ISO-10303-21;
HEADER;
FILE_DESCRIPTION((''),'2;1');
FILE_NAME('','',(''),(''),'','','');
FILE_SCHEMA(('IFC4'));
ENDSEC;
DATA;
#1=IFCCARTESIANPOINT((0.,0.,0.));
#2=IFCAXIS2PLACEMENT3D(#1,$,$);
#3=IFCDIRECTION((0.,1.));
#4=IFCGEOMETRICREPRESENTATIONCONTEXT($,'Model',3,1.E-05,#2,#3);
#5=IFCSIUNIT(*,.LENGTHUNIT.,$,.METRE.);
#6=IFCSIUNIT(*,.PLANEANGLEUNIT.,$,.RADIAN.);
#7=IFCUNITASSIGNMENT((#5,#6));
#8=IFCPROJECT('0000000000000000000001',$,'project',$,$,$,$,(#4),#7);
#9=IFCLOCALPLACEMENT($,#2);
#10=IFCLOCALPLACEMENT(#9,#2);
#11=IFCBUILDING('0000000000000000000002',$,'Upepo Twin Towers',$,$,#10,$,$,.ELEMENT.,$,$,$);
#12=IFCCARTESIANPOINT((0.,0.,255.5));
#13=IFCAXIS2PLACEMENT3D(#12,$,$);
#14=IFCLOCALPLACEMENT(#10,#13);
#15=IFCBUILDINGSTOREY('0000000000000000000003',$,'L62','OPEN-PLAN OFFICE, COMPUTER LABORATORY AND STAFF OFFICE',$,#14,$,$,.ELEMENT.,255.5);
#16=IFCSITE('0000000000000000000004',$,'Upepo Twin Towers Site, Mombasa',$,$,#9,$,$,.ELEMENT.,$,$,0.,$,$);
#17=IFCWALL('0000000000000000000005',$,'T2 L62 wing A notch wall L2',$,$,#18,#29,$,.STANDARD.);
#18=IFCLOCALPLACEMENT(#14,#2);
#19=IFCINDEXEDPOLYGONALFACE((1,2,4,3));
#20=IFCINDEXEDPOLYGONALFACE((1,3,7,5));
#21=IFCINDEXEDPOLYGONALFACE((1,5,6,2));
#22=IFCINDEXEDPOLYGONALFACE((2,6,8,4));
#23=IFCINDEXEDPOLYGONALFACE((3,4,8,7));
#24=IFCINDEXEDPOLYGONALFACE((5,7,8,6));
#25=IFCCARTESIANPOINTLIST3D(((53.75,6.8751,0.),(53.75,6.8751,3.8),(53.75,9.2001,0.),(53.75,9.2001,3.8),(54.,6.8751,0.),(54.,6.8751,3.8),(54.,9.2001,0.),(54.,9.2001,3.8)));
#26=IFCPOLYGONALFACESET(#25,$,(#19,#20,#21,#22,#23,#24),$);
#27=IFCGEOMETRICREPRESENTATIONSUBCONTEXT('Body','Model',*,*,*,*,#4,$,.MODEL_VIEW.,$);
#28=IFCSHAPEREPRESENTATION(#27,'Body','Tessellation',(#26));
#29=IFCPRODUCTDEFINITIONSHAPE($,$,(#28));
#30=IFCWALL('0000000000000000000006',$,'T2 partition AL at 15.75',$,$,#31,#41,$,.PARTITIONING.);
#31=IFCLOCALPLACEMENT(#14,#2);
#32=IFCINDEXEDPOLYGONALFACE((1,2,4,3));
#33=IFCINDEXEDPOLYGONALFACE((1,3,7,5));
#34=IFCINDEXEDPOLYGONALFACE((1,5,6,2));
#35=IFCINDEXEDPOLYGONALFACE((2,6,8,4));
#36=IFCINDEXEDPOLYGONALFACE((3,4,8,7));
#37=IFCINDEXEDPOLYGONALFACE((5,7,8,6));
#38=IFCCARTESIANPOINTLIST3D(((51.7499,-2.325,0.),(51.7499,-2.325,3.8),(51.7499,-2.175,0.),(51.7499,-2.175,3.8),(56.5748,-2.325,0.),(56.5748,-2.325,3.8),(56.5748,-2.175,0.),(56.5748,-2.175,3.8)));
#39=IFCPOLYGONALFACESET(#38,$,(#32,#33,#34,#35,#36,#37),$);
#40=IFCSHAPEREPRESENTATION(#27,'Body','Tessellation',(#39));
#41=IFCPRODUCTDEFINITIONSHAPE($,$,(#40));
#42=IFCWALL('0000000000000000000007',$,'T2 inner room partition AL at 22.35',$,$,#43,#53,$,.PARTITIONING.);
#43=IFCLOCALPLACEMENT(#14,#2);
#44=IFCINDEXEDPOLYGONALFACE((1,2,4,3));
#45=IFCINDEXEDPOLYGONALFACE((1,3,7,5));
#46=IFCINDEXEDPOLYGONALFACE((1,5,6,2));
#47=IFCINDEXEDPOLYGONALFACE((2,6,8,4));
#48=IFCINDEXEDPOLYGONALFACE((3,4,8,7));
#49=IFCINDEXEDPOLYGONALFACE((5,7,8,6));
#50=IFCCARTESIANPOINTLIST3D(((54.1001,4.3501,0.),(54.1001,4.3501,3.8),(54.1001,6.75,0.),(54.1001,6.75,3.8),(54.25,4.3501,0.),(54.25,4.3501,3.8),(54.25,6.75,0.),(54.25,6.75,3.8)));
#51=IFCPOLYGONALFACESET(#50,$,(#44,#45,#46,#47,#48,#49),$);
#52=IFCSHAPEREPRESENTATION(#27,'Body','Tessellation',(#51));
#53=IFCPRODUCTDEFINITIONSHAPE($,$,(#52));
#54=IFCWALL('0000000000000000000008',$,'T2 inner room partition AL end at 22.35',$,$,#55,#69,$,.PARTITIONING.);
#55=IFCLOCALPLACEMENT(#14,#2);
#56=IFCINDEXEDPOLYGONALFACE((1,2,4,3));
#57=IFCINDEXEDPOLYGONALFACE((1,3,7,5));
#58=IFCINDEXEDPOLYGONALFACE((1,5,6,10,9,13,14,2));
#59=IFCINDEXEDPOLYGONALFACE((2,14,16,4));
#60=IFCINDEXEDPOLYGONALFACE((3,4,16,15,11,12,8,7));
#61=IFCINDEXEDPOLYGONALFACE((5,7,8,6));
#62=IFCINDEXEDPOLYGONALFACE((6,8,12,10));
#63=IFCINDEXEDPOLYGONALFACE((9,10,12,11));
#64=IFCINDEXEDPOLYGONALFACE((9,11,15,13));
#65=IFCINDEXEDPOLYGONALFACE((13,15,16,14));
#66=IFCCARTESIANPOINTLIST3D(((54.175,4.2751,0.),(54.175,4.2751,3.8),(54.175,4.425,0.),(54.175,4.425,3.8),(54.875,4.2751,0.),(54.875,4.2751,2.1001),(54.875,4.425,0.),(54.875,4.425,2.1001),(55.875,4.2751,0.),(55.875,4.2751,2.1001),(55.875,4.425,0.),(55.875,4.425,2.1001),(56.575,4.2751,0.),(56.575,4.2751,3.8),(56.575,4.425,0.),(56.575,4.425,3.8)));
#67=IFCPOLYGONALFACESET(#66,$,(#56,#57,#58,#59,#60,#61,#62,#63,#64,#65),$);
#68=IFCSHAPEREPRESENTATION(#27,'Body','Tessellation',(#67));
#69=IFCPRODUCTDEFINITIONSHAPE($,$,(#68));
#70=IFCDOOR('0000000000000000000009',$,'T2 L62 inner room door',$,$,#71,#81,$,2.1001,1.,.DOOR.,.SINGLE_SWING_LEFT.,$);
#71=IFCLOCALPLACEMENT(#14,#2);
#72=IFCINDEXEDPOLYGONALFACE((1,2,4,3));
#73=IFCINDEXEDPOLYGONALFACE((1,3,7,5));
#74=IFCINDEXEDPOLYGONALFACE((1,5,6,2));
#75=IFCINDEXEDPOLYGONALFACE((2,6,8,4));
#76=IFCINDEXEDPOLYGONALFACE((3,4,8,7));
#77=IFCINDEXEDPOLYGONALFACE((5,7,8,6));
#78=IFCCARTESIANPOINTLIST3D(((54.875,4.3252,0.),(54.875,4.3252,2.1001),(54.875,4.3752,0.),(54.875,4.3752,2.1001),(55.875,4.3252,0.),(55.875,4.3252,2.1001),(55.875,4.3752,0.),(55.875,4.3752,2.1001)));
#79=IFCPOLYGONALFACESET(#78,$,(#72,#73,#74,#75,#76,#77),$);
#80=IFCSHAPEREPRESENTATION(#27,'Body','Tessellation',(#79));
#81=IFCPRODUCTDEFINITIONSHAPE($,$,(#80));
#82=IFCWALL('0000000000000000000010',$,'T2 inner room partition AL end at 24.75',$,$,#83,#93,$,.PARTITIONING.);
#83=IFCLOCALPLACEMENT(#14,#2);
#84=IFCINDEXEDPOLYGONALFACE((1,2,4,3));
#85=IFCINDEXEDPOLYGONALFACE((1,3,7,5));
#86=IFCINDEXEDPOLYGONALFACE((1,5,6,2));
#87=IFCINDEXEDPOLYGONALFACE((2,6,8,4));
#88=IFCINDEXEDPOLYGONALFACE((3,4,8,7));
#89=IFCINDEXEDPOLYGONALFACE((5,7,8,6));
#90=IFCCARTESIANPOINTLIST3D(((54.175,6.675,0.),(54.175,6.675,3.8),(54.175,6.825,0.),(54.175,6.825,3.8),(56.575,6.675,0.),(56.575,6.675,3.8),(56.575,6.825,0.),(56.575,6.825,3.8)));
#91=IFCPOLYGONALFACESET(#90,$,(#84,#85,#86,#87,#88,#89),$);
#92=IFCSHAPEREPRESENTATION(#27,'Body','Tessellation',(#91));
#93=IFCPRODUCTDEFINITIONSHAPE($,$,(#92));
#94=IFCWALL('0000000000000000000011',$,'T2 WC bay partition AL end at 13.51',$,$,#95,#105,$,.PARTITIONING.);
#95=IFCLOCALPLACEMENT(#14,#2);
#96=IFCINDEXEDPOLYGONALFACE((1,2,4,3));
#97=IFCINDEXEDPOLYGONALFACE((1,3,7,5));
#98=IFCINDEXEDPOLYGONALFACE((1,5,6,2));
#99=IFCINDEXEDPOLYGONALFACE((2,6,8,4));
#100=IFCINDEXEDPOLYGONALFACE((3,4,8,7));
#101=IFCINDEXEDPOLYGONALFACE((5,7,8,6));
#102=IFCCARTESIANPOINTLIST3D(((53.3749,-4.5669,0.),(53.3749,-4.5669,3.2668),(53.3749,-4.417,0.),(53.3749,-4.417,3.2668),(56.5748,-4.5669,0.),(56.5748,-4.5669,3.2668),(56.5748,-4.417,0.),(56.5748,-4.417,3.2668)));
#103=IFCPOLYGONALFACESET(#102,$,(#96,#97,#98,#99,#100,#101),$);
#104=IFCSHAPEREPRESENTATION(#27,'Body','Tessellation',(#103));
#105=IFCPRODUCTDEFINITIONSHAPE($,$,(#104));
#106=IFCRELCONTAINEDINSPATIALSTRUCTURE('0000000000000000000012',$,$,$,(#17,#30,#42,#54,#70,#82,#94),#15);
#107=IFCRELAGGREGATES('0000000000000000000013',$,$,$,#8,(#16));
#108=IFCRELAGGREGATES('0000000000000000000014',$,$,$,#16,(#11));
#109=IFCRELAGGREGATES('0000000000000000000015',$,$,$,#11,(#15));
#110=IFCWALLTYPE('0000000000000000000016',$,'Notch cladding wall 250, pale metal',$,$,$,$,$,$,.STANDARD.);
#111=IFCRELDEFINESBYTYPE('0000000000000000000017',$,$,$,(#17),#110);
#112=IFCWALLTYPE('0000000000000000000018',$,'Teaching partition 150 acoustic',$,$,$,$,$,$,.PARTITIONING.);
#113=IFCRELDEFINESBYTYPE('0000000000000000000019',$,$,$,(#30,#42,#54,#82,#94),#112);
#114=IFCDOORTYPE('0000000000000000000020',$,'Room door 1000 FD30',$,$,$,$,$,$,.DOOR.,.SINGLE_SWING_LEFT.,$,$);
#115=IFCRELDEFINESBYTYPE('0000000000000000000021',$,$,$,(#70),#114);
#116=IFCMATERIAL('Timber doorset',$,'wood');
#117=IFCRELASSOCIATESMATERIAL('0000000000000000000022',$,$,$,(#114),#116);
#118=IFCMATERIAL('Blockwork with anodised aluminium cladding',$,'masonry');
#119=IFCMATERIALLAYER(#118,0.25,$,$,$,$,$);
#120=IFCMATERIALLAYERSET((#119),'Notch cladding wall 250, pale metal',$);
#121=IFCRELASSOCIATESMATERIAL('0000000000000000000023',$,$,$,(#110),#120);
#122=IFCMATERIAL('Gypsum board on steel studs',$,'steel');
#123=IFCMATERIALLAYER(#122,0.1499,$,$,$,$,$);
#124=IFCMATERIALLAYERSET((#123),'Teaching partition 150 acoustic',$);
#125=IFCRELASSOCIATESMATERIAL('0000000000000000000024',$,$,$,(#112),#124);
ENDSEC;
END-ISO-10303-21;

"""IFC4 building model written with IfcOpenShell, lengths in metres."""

from ifc_helpers import new_model, si_unit, direction, frame, frame_2d, origin, place, context, subcontext, project, spatial, rectangle, extrude, material, layer, layer_set, type_object, element, fill, save


model = new_model("IFC4")

# Units and contexts
model_context = context("Model", 3, precision=1e-05, world=origin(), true_north=direction((0.0, 1.0)))
body_context = subcontext(model_context, "Body", "Model", "MODEL_VIEW")
ifc_project = project(units=[si_unit("LENGTHUNIT", "METRE"), si_unit("PLANEANGLEUNIT", "RADIAN")], contexts=[model_context])

# Site, building, storey
site_placement = place(None, origin())
site = spatial("IfcSite", under=ifc_project, at=site_placement, Name="Upepo Twin Towers Site, Mombasa", CompositionType="ELEMENT", RefElevation=0.0)
building_placement = place(site_placement, origin())
building = spatial("IfcBuilding", under=site, at=building_placement, Name="Upepo Twin Towers", CompositionType="ELEMENT")
storey_placement = place(building_placement, frame((0.0, 0.0, 255.5)))
storey = spatial("IfcBuildingStorey", under=building, at=storey_placement, Name="L62", Description="OPEN-PLAN OFFICE, COMPUTER LABORATORY AND STAFF OFFICE", CompositionType="ELEMENT", Elevation=255.5)

# Shared definitions
ifc_material_1 = material(Name="Timber doorset", Category="wood")
door_type_1 = type_object("IfcDoorType", Name="Room door 1000 FD30", OperationType="SINGLE_SWING_LEFT", PredefinedType="DOOR", material=ifc_material_1)

# Walls
ifc_material_2 = material(Name="Blockwork with anodised aluminium cladding", Category="masonry")
ifc_layer_1 = layer(ifc_material_2, 0.25)
ifc_layer_set_1 = layer_set([ifc_layer_1], Name="Notch cladding wall 250, pale metal")
wall_type_1 = type_object("IfcWallType", Name="Notch cladding wall 250, pale metal", PredefinedType="STANDARD", material=ifc_layer_set_1)
wall_1_placement = place(storey_placement, frame((53.875, 6.875, 0.0), z_axis=(0.0, 0.0, 1.0), x_axis=(0.0, 1.0, 0.0)))
element("IfcWall", 1, at=wall_1_placement, inside=storey, type_object=wall_type_1, Name="T2 L62 wing A notch wall L2", PredefinedType="STANDARD", context=body_context, shape_type="SweptSolid", body=[
    extrude(rectangle(XDim=2.325, YDim=0.25, at=frame_2d((1.1626, 0.0))), origin(), (0.0, 0.0, 1.0), 3.8),
])
ifc_material_3 = material(Name="Gypsum board on steel studs", Category="steel")
ifc_layer_2 = layer(ifc_material_3, 0.1499)
ifc_layer_set_2 = layer_set([ifc_layer_2], Name="Teaching partition 150 acoustic")
wall_type_2 = type_object("IfcWallType", Name="Teaching partition 150 acoustic", PredefinedType="PARTITIONING", material=ifc_layer_set_2)
wall_2_placement = place(storey_placement, frame((56.575, -2.25, 0.0), z_axis=(0.0, 0.0, 1.0), x_axis=(-1.0, 0.0, 0.0)))
element("IfcWall", 2, at=wall_2_placement, inside=storey, type_object=wall_type_2, Name="T2 partition AL at 15.75", PredefinedType="PARTITIONING", context=body_context, shape_type="SweptSolid", body=[
    extrude(rectangle(XDim=4.825, YDim=0.1499, at=frame_2d((2.4126, 0.0))), origin(), (0.0, 0.0, 1.0), 3.8),
])
wall_3_placement = place(storey_placement, frame((54.175, 4.3501, 0.0), z_axis=(0.0, 0.0, 1.0), x_axis=(0.0, 1.0, 0.0)))
element("IfcWall", 3, at=wall_3_placement, inside=storey, type_object=wall_type_2, Name="T2 inner room partition AL at 22.35", PredefinedType="PARTITIONING", context=body_context, shape_type="SweptSolid", body=[
    extrude(rectangle(XDim=2.3999, YDim=0.1499, at=frame_2d((1.2, 0.0))), origin(), (0.0, 0.0, 1.0), 3.8),
])

# Wall, opening, door
wall_4_placement = place(storey_placement, frame((56.575, 4.3501, 0.0), z_axis=(0.0, 0.0, 1.0), x_axis=(-1.0, 0.0, 0.0)))
wall_4 = element("IfcWall", 4, at=wall_4_placement, inside=storey, type_object=wall_type_2, Name="T2 inner room partition AL end at 22.35", PredefinedType="PARTITIONING", context=body_context, shape_type="SweptSolid", body=[
    extrude(rectangle(XDim=2.3999, YDim=0.1499, at=frame_2d((1.2, 0.0))), origin(), (0.0, 0.0, 1.0), 3.8),
])
opening_1_placement = place(wall_4_placement, frame((0.7, 0.0, 0.0)))
opening_1 = element("IfcOpeningElement", 5, at=opening_1_placement, cuts=wall_4, PredefinedType="OPENING", context=body_context, shape_type="SweptSolid", body=[
    extrude(rectangle(XDim=1.0, YDim=2.1001, at=frame_2d((0.5, 1.05))), frame((0.0, 0.085, 0.0), z_axis=(0.0, -1.0, 0.0), x_axis=(1.0, 0.0, 0.0)), (0.0, 0.0, 1.0), 0.1699),
])
door_1_placement = place(opening_1_placement, origin())
door_1 = element("IfcDoor", 6, at=door_1_placement, inside=storey, type_object=door_type_1, Name="T2 L62 inner room door", OperationType="SINGLE_SWING_LEFT", OverallHeight=2.1001, OverallWidth=1.0, PredefinedType="DOOR", context=body_context, shape_type="SweptSolid", body=[
    extrude(rectangle(XDim=1.0, YDim=2.1001, at=frame_2d((0.5, 1.05))), frame((0.0, 0.0249, 0.0), z_axis=(0.0, -1.0, 0.0), x_axis=(1.0, 0.0, 0.0)), (0.0, 0.0, 1.0), 0.05),
])
fill(opening_1, door_1)

# Walls
wall_5_placement = place(storey_placement, frame((56.575, 6.75, 0.0), z_axis=(0.0, 0.0, 1.0), x_axis=(-1.0, 0.0, 0.0)))
element("IfcWall", 7, at=wall_5_placement, inside=storey, type_object=wall_type_2, Name="T2 inner room partition AL end at 24.75", PredefinedType="PARTITIONING", context=body_context, shape_type="SweptSolid", body=[
    extrude(rectangle(XDim=2.3999, YDim=0.1499, at=frame_2d((1.2, 0.0))), origin(), (0.0, 0.0, 1.0), 3.8),
])
wall_6_placement = place(storey_placement, frame((56.575, -4.4919, 0.0), z_axis=(0.0, 0.0, 1.0), x_axis=(-1.0, 0.0, 0.0)))
element("IfcWall", 8, at=wall_6_placement, inside=storey, type_object=wall_type_2, Name="T2 WC bay partition AL end at 13.51", PredefinedType="PARTITIONING", context=body_context, shape_type="SweptSolid", body=[
    extrude(rectangle(XDim=3.2, YDim=0.1499, at=frame_2d((1.6001, 0.0))), origin(), (0.0, 0.0, 1.0), 3.2668),
])

save(model, "model.ifc")
